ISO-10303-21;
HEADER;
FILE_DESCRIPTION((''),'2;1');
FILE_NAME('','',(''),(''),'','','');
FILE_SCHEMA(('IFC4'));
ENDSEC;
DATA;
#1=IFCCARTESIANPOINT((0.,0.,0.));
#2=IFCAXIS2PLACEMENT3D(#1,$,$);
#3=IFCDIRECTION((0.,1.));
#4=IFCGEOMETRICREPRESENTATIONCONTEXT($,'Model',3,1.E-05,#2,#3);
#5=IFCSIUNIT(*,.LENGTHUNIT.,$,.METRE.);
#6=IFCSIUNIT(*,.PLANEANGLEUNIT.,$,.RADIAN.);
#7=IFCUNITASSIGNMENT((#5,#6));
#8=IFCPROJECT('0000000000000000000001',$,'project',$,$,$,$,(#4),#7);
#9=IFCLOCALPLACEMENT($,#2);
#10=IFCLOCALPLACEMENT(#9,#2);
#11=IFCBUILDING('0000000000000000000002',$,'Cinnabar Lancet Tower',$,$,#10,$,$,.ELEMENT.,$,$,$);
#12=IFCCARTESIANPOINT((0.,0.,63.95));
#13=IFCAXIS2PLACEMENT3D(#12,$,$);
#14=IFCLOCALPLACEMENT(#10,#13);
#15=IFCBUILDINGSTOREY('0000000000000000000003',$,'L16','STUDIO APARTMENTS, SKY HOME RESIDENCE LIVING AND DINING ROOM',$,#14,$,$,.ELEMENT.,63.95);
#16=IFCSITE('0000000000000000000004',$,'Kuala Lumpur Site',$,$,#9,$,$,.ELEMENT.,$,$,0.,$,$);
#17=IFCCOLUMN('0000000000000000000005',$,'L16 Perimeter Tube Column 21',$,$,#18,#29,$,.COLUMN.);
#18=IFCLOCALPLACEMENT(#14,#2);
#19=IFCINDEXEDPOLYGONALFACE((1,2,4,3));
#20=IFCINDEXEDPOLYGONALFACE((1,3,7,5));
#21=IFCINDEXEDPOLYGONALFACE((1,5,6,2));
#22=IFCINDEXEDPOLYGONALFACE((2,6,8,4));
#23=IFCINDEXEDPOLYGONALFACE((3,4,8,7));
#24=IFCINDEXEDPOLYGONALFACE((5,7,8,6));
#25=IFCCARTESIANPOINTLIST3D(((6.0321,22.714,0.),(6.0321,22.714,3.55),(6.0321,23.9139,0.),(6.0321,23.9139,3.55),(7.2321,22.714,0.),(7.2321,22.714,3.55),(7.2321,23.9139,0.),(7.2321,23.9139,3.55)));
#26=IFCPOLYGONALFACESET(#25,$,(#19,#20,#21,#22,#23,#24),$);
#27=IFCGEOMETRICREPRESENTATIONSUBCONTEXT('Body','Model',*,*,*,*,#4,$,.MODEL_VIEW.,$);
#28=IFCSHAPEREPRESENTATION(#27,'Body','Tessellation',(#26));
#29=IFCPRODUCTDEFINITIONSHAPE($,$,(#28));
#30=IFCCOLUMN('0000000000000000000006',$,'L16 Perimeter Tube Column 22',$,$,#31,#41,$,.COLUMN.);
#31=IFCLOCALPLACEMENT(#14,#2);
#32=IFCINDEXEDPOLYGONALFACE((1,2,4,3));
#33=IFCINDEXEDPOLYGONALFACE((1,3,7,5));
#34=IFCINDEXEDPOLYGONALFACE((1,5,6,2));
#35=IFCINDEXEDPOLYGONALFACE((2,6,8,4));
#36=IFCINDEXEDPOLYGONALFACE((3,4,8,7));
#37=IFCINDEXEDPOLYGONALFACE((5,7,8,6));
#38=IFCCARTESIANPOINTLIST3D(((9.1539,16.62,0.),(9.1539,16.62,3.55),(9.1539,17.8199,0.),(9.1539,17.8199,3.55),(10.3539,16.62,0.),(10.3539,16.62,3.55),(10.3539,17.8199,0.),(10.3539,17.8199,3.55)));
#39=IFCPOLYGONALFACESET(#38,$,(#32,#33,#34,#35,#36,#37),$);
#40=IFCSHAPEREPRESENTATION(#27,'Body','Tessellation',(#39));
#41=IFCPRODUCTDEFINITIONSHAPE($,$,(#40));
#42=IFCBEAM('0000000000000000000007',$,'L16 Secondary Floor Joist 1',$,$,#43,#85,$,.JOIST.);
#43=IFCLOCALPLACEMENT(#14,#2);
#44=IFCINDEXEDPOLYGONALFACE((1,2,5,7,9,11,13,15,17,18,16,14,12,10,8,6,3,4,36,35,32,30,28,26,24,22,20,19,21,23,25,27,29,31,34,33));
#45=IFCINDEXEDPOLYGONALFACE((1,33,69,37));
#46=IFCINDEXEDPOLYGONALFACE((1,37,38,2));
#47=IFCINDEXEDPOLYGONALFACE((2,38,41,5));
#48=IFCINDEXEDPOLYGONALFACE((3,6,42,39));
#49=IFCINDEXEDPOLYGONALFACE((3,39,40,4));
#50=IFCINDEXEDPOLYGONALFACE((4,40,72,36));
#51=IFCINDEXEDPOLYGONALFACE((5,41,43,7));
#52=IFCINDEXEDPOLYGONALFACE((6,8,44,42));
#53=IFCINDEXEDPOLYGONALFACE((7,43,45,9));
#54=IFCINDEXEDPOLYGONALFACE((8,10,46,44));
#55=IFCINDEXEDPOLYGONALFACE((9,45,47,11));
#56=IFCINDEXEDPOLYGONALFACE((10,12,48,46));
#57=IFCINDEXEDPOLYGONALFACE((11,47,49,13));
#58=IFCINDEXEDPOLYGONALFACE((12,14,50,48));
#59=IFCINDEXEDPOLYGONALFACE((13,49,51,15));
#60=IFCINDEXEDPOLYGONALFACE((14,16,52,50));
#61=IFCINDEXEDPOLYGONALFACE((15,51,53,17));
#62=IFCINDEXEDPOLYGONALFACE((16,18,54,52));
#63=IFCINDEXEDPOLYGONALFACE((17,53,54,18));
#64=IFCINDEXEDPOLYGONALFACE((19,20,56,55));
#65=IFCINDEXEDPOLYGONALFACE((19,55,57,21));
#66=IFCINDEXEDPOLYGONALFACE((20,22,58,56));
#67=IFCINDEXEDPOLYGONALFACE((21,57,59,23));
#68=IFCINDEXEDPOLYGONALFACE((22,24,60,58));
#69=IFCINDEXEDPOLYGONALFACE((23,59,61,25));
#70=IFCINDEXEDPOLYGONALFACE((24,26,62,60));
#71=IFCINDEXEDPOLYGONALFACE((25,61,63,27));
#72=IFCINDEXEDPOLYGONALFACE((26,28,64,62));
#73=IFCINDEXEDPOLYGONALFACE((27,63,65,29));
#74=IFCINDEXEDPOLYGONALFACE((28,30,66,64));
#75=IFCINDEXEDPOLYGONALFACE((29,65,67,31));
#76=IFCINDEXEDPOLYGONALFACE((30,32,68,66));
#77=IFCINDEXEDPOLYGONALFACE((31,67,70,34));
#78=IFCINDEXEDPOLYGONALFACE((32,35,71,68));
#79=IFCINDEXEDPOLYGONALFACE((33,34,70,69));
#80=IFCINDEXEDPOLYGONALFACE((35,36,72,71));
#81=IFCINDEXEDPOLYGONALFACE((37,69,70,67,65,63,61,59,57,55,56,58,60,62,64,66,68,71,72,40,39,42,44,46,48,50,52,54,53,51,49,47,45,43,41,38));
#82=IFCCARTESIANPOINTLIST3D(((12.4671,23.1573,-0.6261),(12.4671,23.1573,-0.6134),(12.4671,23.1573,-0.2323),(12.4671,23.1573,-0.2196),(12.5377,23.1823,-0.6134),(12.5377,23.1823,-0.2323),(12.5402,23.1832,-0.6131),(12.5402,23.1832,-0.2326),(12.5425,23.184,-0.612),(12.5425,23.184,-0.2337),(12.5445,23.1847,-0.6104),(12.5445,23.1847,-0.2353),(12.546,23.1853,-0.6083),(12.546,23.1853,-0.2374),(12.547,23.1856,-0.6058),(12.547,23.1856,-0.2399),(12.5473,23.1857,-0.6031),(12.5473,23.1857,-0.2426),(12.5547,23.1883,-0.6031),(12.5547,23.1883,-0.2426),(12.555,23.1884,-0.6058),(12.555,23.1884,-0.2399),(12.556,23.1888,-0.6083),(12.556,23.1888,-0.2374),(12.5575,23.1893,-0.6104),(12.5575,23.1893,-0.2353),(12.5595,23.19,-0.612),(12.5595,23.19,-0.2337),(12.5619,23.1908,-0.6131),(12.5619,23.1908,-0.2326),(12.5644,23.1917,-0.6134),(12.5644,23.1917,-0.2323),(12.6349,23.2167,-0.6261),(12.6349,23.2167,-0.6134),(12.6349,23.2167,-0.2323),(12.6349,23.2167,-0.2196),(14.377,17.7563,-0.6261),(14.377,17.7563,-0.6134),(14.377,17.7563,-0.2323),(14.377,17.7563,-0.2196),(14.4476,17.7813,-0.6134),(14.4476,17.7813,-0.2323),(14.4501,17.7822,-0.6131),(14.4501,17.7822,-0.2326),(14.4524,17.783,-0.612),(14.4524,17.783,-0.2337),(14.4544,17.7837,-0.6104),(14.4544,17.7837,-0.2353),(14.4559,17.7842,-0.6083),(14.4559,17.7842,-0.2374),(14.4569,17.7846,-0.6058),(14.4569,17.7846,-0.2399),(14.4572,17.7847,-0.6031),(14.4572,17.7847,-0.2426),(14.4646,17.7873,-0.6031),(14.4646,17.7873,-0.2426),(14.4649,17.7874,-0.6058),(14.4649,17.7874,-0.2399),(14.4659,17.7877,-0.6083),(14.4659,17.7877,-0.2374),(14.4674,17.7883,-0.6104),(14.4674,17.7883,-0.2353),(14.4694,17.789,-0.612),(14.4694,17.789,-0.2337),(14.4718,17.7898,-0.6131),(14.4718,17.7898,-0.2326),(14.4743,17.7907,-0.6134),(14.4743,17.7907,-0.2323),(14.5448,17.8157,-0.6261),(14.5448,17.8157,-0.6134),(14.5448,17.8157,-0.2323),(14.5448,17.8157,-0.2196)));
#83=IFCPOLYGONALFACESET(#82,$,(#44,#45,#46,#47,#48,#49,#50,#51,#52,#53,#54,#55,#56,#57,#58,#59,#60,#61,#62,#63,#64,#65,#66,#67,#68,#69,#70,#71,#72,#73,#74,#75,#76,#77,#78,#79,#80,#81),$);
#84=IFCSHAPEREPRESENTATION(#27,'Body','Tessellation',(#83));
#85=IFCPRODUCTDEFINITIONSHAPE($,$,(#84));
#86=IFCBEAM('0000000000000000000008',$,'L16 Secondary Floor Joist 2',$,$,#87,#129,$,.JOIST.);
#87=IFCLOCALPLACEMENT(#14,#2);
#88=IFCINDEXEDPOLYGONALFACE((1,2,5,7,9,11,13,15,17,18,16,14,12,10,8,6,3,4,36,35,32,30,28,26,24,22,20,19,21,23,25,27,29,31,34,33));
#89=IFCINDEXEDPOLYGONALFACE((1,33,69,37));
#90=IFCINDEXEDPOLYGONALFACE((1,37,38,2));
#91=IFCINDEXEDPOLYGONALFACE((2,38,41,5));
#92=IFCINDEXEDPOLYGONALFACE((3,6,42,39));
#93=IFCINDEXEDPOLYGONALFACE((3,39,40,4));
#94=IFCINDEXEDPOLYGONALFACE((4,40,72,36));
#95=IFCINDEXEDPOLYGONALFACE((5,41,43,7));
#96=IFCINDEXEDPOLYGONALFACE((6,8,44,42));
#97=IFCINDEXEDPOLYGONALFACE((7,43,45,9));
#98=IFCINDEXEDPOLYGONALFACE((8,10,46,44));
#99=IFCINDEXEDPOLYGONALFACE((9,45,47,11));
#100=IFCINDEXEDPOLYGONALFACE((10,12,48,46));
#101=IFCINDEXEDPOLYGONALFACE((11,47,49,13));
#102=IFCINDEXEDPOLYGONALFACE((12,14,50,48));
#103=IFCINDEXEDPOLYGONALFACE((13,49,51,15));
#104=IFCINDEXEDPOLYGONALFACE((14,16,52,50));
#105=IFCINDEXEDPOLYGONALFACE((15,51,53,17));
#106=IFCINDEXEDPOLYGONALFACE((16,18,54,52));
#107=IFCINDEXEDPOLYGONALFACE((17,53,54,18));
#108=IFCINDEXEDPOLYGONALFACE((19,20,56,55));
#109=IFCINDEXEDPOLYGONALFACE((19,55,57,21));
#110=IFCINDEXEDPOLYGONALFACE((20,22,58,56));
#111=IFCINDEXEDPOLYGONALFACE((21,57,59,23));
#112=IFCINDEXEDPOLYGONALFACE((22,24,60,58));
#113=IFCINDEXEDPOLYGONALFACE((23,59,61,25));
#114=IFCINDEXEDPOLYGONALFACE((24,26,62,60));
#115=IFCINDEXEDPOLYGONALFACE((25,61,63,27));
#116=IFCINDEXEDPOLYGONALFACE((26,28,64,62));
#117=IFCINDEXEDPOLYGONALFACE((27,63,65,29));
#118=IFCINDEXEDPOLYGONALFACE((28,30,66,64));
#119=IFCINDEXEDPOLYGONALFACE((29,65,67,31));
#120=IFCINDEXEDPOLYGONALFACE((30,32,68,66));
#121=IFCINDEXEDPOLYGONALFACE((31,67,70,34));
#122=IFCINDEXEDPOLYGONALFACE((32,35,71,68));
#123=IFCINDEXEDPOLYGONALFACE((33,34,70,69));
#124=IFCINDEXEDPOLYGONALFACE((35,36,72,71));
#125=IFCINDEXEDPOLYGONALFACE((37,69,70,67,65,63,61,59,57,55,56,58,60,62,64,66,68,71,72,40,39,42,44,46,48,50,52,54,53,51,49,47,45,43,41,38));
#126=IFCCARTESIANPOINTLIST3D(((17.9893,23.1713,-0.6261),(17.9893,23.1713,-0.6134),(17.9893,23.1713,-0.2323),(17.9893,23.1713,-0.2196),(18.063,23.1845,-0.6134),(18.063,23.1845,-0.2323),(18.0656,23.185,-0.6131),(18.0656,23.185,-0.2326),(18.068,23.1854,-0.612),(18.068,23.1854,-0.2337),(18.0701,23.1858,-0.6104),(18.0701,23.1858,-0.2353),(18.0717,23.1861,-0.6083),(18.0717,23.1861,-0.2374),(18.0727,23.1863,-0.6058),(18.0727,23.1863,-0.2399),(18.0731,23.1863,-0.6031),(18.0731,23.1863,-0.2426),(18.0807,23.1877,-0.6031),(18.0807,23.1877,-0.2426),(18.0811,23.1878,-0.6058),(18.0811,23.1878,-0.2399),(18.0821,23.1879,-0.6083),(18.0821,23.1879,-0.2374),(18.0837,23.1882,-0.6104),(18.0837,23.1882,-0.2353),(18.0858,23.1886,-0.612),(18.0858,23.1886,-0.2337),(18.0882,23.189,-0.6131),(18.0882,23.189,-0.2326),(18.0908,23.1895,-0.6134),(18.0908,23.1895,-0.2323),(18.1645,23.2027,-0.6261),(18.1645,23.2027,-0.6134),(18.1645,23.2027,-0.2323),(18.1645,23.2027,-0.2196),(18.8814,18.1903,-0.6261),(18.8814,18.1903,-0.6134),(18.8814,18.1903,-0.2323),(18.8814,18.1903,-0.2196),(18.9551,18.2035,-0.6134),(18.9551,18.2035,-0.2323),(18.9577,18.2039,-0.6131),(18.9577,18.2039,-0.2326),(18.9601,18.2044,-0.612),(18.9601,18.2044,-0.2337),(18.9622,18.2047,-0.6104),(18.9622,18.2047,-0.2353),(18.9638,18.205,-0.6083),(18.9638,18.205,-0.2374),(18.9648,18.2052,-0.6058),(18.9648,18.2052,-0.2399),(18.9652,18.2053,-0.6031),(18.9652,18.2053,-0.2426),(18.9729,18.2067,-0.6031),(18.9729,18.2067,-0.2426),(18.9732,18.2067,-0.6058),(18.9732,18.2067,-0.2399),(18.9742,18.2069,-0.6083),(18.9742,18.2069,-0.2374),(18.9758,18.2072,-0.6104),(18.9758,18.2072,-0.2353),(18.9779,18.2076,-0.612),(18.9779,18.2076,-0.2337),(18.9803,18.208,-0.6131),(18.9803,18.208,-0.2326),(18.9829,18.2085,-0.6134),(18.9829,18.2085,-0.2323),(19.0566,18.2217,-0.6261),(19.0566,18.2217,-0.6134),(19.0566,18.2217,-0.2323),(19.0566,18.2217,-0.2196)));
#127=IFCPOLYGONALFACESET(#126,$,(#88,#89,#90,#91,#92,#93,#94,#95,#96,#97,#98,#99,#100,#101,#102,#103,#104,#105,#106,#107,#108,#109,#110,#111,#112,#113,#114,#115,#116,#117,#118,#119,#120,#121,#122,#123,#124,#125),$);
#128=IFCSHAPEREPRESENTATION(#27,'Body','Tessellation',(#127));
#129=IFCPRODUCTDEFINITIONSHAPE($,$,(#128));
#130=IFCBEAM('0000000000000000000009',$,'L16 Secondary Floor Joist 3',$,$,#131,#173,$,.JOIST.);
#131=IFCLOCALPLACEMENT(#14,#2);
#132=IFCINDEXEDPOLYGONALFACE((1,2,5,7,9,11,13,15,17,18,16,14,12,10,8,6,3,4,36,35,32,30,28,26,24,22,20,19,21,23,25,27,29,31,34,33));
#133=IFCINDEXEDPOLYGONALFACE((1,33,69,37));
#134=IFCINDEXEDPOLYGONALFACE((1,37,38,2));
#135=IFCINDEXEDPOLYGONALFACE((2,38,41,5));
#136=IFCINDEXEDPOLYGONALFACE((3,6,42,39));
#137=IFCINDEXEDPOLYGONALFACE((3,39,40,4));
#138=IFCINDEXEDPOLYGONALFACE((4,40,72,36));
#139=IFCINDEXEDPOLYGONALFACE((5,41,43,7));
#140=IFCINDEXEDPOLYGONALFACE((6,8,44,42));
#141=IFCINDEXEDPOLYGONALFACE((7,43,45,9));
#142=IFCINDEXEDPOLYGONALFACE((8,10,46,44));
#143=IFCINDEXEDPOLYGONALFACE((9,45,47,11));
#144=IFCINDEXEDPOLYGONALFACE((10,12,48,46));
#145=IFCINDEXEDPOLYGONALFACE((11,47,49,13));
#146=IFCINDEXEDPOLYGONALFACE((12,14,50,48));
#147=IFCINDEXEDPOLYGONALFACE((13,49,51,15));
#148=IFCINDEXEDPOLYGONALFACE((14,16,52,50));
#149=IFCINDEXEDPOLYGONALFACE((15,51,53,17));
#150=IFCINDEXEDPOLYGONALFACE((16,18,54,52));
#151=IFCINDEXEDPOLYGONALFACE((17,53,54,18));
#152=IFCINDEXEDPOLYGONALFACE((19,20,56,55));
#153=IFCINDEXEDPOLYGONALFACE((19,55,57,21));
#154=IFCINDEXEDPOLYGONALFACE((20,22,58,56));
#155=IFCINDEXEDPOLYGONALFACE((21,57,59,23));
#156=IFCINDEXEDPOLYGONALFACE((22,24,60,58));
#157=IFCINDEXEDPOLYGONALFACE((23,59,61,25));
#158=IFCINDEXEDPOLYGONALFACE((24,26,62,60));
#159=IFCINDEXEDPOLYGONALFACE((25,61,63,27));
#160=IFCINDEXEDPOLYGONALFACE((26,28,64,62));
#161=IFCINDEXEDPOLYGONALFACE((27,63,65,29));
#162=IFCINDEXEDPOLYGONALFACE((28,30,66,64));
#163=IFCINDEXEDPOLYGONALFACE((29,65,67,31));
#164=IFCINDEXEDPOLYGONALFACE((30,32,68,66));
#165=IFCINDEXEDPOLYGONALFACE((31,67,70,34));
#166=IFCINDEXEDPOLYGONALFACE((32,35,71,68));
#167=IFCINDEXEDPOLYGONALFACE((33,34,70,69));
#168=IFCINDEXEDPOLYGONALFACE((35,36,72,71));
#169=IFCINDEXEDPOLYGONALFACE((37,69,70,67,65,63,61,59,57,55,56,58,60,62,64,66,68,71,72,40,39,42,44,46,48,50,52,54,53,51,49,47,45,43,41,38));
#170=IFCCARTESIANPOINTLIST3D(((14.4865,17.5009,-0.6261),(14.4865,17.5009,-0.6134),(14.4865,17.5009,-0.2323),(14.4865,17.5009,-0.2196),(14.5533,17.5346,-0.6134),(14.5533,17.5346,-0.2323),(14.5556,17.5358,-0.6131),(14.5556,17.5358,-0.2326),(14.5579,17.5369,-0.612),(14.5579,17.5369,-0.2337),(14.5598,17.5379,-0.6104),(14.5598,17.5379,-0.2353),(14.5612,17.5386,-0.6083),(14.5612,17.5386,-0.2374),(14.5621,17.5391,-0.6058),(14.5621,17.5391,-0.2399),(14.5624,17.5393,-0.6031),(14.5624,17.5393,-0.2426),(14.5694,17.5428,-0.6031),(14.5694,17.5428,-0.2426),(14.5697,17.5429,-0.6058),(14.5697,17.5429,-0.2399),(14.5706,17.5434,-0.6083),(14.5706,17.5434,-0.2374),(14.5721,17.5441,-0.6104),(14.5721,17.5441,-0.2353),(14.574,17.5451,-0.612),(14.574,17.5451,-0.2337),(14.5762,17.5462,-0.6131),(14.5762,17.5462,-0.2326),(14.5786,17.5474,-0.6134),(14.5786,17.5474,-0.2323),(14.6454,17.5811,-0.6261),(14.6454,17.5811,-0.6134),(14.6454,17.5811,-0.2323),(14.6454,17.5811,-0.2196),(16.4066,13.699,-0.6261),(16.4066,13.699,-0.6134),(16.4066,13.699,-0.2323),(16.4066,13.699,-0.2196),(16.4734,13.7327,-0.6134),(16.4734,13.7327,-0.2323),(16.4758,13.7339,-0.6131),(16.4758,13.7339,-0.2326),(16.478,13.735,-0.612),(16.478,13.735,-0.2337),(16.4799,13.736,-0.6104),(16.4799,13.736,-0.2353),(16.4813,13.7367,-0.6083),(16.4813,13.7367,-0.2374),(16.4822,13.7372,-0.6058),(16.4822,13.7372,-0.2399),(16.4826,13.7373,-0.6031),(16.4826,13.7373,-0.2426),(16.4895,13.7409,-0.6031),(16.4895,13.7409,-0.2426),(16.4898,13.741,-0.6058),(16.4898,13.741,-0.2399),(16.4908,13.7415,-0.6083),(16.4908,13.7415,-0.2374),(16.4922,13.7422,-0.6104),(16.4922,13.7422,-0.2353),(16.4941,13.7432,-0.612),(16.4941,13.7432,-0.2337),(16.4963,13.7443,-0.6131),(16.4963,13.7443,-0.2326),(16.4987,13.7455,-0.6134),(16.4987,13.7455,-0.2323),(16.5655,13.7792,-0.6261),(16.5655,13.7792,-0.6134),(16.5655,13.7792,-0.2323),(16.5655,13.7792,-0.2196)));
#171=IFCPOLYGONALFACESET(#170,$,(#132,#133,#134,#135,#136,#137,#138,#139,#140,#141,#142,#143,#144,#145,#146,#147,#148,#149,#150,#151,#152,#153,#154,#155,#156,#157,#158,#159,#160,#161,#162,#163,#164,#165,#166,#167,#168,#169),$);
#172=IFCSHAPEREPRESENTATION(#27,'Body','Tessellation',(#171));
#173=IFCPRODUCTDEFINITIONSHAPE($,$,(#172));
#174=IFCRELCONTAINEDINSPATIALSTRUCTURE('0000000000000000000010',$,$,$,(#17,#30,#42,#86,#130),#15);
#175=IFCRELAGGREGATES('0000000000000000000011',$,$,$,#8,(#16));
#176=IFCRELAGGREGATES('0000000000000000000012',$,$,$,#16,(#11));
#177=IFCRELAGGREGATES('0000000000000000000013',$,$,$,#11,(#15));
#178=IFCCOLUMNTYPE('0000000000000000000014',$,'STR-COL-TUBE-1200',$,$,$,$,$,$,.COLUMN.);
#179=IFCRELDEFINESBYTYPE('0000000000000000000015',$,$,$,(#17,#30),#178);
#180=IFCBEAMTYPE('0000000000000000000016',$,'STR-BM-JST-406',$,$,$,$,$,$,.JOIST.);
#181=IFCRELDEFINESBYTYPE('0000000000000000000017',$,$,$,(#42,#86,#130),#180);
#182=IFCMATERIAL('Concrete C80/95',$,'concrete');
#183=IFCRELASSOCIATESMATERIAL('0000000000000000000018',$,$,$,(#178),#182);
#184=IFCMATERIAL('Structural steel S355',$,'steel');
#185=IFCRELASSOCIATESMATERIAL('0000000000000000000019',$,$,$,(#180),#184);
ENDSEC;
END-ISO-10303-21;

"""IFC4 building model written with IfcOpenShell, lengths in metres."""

from ifc_helpers import new_model, si_unit, direction, frame, origin, origin_2d, place, context, subcontext, project, spatial, rectangle, i_section, extrude, material, material_profile, profile_set, type_object, element, save


model = new_model("IFC4")

# Units and contexts
model_context = context("Model", 3, precision=1e-05, world=origin(), true_north=direction((0.0, 1.0)))
body_context = subcontext(model_context, "Body", "Model", "MODEL_VIEW")
ifc_project = project(units=[si_unit("LENGTHUNIT", "METRE"), si_unit("PLANEANGLEUNIT", "RADIAN")], contexts=[model_context])

# Site, building, storey
site_placement = place(None, origin())
site = spatial("IfcSite", under=ifc_project, at=site_placement, Name="Kuala Lumpur Site", CompositionType="ELEMENT", RefElevation=0.0)
building_placement = place(site_placement, origin())
building = spatial("IfcBuilding", under=site, at=building_placement, Name="Cinnabar Lancet Tower", CompositionType="ELEMENT")
storey_placement = place(building_placement, frame((0.0, 0.0, 63.95)))
storey = spatial("IfcBuildingStorey", under=building, at=storey_placement, Name="L16", Description="STUDIO APARTMENTS, SKY HOME RESIDENCE LIVING AND DINING ROOM", CompositionType="ELEMENT", Elevation=63.95)

# Columns
ifc_material_1 = material(Name="Concrete C80/95", Category="concrete")
ifc_material_profile_1 = material_profile(ifc_material_1, rectangle(XDim=1.2, YDim=1.2, at=origin_2d()), Name="RC-COL 1200x1200")
ifc_profile_set_1 = profile_set([ifc_material_profile_1], Name="Concrete C80/95")
column_type = type_object("IfcColumnType", Name="STR-COL-TUBE-1200", PredefinedType="COLUMN", material=ifc_profile_set_1)
for number, where, z_axis, x_axis, name in (
    (1, (6.6321, 23.314, 0.0), (0.0, 0.0, 1.0), (1.0, 0.0, 0.0), "L16 Perimeter Tube Column 21"),
    (2, (9.7539, 17.22, 0.0), (0.0, 0.0, 1.0), (1.0, 0.0, 0.0), "L16 Perimeter Tube Column 22"),
):
    element("IfcColumn", number, at=place(storey_placement, frame(where, z_axis=z_axis, x_axis=x_axis)), inside=storey, type_object=column_type, Name=name, PredefinedType="COLUMN", context=body_context, shape_type="SweptSolid", body=[
        extrude(rectangle(XDim=1.2, YDim=1.2, at=origin_2d()), origin(), (0.0, 0.0, 1.0), 3.55),
    ])

# Beams
ifc_material_2 = material(Name="Structural steel S355", Category="steel")
ifc_material_profile_2 = material_profile(ifc_material_2, i_section(OverallWidth=0.178, OverallDepth=0.4065, WebThickness=0.0078, FlangeThickness=0.0127, FilletRadius=0.0103, at=origin_2d()), Name="UKB 406x178x60")
ifc_profile_set_2 = profile_set([ifc_material_profile_2], Name="Structural steel S355")
beam_type_1 = type_object("IfcBeamType", Name="STR-BM-JST-406", PredefinedType="JOIST", material=ifc_profile_set_2)
beam_1_placement = place(storey_placement, frame((12.551, 23.187, -0.4229), z_axis=(0.333384, -0.942791, 0.0), x_axis=(0.942791, 0.333384, 0.0)))
element("IfcBeam", 3, at=beam_1_placement, inside=storey, type_object=beam_type_1, Name="L16 Secondary Floor Joist 1", PredefinedType="JOIST", context=body_context, shape_type="SweptSolid", body=[
    extrude(i_section(OverallWidth=0.178, OverallDepth=0.4065, WebThickness=0.0078, FlangeThickness=0.0127, FilletRadius=0.0103, at=origin_2d()), origin(), (0.0, 0.0, 1.0), 5.7288),
])
beam_2_placement = place(storey_placement, frame((18.0769, 23.187, -0.4229), z_axis=(0.176295, -0.984337, 0.0), x_axis=(0.984337, 0.176295, 0.0)))
element("IfcBeam", 4, at=beam_2_placement, inside=storey, type_object=beam_type_1, Name="L16 Secondary Floor Joist 2", PredefinedType="JOIST", context=body_context, shape_type="SweptSolid", body=[
    extrude(i_section(OverallWidth=0.178, OverallDepth=0.4065, WebThickness=0.0078, FlangeThickness=0.0127, FilletRadius=0.0103, at=origin_2d()), origin(), (0.0, 0.0, 1.0), 5.0603),
])
beam_3_placement = place(storey_placement, frame((14.5659, 17.541, -0.4229), z_axis=(0.45081, -0.89262, 0.0), x_axis=(0.89262, 0.45081, 0.0)))
element("IfcBeam", 5, at=beam_3_placement, inside=storey, type_object=beam_type_1, Name="L16 Secondary Floor Joist 3", PredefinedType="JOIST", context=body_context, shape_type="SweptSolid", body=[
    extrude(i_section(OverallWidth=0.178, OverallDepth=0.4065, WebThickness=0.0078, FlangeThickness=0.0127, FilletRadius=0.0103, at=origin_2d()), origin(), (0.0, 0.0, 1.0), 4.2593),
])

save(model, "model.ifc")
